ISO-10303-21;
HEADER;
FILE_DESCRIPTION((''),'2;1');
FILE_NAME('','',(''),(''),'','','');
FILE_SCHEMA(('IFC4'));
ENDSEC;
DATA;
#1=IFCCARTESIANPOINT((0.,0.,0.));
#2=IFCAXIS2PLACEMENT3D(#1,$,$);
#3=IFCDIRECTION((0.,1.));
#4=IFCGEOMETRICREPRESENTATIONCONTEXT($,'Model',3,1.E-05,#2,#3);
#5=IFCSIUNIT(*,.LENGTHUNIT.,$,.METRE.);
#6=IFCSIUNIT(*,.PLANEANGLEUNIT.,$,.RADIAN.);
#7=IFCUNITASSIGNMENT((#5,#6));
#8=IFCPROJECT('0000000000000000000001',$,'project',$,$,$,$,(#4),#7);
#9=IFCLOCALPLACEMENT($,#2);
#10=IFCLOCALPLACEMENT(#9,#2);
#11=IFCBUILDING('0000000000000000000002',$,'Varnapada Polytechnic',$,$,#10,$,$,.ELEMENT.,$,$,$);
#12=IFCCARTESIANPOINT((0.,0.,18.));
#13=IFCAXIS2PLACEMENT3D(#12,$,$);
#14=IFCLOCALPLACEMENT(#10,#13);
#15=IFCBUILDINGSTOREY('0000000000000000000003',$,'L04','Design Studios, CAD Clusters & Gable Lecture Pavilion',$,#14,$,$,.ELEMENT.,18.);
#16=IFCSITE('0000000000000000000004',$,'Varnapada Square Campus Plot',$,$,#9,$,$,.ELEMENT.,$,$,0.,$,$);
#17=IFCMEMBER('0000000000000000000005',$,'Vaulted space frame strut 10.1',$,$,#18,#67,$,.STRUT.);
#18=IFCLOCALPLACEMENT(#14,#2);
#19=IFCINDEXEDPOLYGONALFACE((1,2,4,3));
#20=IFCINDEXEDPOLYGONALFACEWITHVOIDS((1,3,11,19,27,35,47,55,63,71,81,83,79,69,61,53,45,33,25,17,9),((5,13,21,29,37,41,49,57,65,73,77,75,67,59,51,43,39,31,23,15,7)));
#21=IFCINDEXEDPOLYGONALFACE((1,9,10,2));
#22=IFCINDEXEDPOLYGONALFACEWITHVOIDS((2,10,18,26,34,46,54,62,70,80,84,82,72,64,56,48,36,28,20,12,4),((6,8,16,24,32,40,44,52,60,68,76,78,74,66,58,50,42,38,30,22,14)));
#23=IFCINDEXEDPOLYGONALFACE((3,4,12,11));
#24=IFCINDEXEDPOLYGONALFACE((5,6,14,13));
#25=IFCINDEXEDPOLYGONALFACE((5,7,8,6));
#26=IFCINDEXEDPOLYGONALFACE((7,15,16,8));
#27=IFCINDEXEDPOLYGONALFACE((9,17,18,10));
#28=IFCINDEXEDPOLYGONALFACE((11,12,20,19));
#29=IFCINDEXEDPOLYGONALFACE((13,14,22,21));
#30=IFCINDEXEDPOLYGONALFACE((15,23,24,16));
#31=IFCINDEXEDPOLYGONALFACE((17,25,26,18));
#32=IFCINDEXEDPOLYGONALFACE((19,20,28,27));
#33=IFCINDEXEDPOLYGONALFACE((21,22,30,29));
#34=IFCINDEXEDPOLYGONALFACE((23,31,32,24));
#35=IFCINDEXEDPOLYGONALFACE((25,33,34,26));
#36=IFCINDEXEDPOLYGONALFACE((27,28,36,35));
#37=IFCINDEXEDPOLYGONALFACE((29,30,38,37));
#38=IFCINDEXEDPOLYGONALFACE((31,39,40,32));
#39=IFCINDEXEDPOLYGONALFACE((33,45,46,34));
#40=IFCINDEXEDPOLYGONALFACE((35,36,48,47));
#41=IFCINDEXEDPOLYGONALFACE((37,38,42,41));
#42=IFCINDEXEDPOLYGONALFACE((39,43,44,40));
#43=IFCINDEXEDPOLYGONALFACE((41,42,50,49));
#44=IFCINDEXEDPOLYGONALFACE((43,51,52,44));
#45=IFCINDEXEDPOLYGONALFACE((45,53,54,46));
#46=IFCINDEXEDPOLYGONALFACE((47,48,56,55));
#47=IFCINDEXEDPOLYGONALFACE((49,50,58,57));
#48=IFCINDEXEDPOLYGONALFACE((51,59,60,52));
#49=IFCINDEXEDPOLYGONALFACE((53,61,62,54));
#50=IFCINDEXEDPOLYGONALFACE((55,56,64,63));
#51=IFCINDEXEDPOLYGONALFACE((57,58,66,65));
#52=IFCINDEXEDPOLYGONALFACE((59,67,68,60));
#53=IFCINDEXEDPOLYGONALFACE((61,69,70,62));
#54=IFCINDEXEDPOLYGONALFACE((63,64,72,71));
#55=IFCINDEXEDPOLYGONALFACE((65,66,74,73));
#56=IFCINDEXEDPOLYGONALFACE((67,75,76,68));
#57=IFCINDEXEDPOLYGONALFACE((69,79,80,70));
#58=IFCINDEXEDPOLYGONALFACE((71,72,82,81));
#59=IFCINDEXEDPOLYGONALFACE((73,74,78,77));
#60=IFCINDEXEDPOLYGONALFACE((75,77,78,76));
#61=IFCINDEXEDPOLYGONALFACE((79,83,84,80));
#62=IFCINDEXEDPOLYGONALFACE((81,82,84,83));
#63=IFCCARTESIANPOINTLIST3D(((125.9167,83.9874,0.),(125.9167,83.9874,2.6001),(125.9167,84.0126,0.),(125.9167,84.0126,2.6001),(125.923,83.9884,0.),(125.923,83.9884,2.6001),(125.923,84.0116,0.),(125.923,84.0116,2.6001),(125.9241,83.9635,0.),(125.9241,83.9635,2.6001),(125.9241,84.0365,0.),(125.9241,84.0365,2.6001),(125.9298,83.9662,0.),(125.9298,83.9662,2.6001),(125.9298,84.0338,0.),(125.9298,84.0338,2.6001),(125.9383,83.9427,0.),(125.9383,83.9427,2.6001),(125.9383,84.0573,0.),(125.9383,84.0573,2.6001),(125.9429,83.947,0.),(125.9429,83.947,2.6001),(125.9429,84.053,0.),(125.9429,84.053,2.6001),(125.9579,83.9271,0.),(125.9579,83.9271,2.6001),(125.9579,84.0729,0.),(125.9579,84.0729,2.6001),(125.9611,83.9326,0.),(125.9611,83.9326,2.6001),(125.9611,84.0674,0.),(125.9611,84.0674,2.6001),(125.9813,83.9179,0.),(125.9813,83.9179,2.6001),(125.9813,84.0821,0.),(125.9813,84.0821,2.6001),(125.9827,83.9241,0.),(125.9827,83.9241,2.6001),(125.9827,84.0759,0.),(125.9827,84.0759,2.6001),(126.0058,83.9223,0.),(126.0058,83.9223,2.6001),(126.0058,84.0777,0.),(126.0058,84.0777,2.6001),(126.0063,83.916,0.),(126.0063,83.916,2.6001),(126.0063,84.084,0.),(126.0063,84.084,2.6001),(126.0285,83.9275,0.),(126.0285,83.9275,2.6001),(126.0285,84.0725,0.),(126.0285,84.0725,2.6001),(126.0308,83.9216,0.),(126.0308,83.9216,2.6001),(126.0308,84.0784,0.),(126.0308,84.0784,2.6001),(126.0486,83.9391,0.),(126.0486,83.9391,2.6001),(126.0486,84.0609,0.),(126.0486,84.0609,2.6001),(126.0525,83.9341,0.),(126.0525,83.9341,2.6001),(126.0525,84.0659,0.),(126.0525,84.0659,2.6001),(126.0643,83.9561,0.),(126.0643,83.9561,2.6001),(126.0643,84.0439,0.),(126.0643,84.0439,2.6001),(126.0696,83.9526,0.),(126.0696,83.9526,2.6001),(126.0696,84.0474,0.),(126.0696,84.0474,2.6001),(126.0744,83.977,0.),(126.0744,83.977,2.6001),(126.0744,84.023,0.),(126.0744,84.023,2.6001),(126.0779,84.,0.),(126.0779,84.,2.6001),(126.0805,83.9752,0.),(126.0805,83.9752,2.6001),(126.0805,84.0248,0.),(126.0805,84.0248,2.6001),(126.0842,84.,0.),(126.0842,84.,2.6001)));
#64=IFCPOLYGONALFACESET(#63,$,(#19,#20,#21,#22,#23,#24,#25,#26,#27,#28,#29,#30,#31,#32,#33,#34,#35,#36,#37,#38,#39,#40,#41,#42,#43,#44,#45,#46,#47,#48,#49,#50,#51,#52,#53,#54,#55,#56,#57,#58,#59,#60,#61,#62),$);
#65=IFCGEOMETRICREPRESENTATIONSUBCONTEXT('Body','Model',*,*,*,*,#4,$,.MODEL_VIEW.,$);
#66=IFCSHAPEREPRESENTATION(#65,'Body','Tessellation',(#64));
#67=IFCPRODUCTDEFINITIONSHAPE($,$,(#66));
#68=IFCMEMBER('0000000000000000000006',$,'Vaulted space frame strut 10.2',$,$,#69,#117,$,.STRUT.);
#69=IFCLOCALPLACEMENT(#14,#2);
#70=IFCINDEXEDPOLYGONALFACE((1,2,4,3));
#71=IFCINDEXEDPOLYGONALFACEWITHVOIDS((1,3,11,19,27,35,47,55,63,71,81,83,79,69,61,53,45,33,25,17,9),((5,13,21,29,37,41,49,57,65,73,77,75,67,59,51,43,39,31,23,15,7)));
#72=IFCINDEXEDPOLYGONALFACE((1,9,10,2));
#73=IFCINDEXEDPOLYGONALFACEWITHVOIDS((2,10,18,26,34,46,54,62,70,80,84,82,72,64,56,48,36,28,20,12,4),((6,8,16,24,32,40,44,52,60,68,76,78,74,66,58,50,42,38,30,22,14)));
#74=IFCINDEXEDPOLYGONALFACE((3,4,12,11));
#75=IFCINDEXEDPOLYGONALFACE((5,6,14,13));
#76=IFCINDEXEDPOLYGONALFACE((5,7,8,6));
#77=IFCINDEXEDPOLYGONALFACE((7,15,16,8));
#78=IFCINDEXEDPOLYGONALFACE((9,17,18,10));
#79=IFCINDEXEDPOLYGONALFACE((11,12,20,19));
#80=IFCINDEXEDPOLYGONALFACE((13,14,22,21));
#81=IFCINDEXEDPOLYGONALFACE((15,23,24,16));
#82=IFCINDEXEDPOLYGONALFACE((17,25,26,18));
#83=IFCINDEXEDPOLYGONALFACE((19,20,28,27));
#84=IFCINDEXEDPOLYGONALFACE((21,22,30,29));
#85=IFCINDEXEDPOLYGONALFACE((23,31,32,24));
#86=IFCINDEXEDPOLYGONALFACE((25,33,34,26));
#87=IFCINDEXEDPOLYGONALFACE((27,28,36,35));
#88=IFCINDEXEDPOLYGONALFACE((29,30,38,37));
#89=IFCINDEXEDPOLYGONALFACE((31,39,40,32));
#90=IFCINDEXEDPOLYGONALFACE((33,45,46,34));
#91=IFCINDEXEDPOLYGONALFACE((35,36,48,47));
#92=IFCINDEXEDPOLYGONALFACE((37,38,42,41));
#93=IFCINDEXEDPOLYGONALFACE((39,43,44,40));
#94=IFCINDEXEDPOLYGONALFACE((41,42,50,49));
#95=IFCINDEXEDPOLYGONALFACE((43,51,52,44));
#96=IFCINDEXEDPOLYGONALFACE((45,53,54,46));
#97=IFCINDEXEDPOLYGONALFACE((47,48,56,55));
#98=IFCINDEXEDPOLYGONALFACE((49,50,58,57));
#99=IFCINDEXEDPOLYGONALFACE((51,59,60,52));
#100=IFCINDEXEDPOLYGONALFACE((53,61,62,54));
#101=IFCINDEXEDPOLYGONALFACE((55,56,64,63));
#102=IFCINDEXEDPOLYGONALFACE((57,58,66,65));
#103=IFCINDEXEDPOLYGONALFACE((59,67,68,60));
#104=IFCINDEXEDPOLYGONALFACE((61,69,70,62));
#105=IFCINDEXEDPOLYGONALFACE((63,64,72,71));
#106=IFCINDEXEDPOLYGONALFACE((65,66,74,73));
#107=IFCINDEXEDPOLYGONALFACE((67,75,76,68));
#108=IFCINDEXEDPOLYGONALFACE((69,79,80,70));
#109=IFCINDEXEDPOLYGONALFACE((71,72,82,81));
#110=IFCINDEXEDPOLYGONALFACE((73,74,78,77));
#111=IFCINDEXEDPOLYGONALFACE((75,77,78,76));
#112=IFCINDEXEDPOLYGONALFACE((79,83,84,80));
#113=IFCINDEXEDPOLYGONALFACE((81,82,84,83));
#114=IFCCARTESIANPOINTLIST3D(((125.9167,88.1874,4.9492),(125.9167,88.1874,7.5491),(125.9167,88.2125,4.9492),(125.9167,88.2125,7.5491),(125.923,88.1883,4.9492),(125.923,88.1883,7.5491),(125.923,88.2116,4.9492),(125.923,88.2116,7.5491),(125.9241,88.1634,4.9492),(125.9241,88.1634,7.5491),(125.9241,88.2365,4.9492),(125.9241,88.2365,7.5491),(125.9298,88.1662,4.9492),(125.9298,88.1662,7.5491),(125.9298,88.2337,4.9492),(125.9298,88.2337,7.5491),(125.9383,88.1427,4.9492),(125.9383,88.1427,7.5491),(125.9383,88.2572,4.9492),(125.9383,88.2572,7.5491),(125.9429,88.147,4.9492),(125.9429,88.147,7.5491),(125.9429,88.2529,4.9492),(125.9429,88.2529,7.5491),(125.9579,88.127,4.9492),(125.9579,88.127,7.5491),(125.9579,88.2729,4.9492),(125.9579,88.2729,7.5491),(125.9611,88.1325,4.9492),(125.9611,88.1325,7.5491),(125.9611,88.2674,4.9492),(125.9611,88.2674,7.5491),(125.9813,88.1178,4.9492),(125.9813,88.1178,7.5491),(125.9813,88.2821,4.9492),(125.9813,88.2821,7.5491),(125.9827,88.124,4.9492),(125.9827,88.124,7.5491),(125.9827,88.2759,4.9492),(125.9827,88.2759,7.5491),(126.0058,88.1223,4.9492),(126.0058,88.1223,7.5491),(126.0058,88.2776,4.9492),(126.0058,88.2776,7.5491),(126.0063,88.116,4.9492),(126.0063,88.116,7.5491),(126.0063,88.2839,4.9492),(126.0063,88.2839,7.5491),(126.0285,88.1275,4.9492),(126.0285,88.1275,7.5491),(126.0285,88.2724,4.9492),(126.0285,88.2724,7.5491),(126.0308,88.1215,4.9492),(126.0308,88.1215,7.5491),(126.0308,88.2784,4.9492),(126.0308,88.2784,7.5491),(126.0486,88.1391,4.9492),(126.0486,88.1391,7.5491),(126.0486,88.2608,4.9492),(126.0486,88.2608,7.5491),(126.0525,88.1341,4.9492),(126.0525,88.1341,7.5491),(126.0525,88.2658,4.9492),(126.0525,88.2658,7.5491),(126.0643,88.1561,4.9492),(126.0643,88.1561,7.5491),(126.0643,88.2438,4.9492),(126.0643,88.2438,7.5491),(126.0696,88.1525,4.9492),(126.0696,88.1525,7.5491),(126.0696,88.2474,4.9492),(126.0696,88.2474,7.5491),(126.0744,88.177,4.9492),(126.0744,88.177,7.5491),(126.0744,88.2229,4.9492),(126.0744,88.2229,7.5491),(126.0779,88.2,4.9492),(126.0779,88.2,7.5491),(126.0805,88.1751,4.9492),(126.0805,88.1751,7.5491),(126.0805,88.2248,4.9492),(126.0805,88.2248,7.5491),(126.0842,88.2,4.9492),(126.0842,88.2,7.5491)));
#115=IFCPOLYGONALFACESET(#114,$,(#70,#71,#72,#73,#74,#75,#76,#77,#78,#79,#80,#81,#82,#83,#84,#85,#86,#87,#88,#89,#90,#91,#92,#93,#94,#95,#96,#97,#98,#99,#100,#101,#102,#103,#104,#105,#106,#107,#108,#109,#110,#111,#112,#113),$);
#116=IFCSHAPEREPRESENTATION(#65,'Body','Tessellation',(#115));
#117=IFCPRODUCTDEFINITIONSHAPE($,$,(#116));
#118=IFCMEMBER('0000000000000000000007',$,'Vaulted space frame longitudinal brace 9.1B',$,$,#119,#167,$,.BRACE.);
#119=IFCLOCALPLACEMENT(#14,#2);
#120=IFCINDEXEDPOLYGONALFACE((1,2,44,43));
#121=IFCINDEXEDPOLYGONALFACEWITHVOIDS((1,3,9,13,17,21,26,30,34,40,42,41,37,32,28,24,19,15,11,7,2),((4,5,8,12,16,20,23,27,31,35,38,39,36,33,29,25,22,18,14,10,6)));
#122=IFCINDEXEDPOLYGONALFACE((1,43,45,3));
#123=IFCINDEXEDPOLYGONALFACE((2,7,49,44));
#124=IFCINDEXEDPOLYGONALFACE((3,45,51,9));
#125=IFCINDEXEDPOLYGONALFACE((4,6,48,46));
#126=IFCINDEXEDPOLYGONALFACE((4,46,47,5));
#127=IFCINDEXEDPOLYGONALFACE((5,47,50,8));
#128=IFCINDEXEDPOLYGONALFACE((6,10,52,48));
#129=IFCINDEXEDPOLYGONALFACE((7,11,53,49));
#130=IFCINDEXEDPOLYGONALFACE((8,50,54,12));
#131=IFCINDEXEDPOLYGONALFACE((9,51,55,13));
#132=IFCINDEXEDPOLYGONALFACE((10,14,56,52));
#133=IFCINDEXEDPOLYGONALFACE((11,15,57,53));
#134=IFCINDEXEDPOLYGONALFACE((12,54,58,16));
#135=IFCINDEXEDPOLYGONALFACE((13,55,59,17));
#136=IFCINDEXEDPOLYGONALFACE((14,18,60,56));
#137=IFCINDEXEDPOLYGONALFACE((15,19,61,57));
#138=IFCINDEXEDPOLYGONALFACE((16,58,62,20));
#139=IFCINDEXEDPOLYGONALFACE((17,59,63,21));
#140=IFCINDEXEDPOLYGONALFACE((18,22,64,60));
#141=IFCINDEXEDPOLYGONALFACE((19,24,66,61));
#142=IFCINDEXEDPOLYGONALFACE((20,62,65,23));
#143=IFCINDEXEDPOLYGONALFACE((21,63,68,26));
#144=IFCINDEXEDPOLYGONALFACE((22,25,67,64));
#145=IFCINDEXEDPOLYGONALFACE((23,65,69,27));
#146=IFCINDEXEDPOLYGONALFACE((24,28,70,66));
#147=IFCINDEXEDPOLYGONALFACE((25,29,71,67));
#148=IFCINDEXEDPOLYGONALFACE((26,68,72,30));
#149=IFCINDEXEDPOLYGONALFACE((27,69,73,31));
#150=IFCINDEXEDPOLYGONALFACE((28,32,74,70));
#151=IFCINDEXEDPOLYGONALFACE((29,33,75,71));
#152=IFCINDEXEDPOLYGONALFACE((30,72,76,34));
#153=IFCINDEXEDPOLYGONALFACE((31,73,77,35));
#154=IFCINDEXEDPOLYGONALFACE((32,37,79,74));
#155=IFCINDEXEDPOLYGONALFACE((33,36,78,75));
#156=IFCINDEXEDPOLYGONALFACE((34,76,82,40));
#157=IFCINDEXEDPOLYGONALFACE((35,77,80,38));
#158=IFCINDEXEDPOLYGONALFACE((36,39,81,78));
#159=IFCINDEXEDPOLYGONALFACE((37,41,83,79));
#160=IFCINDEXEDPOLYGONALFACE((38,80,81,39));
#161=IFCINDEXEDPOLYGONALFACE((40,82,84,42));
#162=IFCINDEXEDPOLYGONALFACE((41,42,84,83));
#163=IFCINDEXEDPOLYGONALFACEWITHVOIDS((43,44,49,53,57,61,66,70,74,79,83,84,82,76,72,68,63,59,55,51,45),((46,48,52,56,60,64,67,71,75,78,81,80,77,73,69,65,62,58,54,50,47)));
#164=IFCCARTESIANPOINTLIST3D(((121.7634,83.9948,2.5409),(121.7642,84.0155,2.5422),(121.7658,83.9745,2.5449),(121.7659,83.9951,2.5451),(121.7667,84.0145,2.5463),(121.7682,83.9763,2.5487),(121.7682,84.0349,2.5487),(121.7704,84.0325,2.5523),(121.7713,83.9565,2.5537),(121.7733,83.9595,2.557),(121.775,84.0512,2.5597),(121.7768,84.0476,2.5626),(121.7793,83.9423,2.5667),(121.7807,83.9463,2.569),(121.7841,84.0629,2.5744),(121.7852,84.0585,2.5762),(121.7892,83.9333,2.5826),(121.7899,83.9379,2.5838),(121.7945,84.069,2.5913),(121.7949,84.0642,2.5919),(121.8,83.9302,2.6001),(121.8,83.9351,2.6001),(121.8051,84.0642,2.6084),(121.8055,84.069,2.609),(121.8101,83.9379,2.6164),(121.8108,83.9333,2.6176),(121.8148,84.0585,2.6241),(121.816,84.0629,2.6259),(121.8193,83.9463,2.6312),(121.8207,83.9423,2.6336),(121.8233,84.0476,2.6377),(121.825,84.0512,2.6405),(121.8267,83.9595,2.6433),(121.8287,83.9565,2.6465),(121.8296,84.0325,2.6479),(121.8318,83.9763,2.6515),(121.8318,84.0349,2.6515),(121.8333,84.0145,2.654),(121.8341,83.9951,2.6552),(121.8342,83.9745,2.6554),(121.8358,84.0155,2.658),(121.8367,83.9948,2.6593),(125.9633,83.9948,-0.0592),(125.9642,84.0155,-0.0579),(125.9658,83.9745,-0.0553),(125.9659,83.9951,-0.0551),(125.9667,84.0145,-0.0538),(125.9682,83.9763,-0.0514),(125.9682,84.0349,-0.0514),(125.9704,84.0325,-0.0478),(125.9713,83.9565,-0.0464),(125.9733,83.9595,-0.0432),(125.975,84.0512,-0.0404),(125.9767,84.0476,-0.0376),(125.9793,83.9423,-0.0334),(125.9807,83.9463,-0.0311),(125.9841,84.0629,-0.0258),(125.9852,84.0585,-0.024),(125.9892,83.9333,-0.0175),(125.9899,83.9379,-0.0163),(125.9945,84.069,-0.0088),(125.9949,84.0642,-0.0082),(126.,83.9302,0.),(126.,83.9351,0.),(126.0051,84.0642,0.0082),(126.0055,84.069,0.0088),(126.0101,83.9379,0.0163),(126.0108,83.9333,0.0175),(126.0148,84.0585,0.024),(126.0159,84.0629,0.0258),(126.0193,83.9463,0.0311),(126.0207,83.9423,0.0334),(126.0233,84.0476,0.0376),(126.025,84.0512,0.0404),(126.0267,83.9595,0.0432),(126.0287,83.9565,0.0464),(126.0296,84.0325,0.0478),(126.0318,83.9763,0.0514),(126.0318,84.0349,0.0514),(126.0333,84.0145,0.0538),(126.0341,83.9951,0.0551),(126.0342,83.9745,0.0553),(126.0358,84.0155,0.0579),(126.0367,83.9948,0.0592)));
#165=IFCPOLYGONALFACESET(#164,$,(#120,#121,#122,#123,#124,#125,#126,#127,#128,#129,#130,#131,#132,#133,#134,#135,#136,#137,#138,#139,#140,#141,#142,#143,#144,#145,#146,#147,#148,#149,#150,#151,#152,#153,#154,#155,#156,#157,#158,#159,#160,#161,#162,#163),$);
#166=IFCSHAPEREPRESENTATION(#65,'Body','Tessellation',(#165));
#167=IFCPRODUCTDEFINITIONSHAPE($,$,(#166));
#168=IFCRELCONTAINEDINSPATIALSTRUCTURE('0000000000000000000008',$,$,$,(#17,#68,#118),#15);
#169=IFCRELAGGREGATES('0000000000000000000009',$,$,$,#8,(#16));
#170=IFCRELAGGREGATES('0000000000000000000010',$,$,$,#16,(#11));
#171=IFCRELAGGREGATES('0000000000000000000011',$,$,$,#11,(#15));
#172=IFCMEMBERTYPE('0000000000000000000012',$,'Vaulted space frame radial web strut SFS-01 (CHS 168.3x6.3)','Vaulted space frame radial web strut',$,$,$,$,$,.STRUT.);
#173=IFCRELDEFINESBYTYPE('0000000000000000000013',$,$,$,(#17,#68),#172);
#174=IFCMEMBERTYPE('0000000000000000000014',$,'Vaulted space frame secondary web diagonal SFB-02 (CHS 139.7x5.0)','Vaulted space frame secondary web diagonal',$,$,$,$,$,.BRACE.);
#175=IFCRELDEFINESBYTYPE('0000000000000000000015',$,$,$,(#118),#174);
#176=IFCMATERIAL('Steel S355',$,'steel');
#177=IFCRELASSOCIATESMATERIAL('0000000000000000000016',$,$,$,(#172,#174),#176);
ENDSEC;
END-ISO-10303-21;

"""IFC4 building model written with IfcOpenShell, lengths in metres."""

from ifc_helpers import new_model, si_unit, direction, frame, origin, origin_2d, place, context, subcontext, project, spatial, hollow_circle, extrude, material, material_profile, profile_set, type_object, element, save


model = new_model("IFC4")

# Units and contexts
model_context = context("Model", 3, precision=1e-05, world=origin(), true_north=direction((0.0, 1.0)))
body_context = subcontext(model_context, "Body", "Model", "MODEL_VIEW")
ifc_project = project(units=[si_unit("LENGTHUNIT", "METRE"), si_unit("PLANEANGLEUNIT", "RADIAN")], contexts=[model_context])

# Site, building, storey
site_placement = place(None, origin())
site = spatial("IfcSite", under=ifc_project, at=site_placement, Name="Varnapada Square Campus Plot", CompositionType="ELEMENT", RefElevation=0.0)
building_placement = place(site_placement, origin())
building = spatial("IfcBuilding", under=site, at=building_placement, Name="Varnapada Polytechnic", CompositionType="ELEMENT")
storey_placement = place(building_placement, frame((0.0, 0.0, 18.0)))
storey = spatial("IfcBuildingStorey", under=building, at=storey_placement, Name="L04", Description="Design Studios, CAD Clusters & Gable Lecture Pavilion", CompositionType="ELEMENT", Elevation=18.0)

# Shared definitions
ifc_material = material(Name="Steel S355", Category="steel")

# Members
ifc_material_profile_1 = material_profile(ifc_material, hollow_circle(Radius=0.0842, WallThickness=0.0063, at=origin_2d()), Name="CHS 168.3x6.3")
ifc_profile_set_1 = profile_set([ifc_material_profile_1], Name="Steel S355")
member_type_1 = type_object("IfcMemberType", Name="Vaulted space frame radial web strut SFS-01 (CHS 168.3x6.3)", Description="Vaulted space frame radial web strut", PredefinedType="STRUT", material=ifc_profile_set_1)
member_1_placement = place(storey_placement, frame((126.0, 84.0, 0.0), z_axis=(0.0, 0.0, 1.0), x_axis=(1.0, 0.0, 0.0)))
element("IfcMember", 1, at=member_1_placement, inside=storey, type_object=member_type_1, Name="Vaulted space frame strut 10.1", PredefinedType="STRUT", context=body_context, shape_type="SweptSolid", body=[
    extrude(hollow_circle(Radius=0.0842, WallThickness=0.0063, at=origin_2d()), origin(), (0.0, 0.0, 1.0), 2.6001),
])
member_2_placement = place(storey_placement, frame((126.0, 88.2, 4.9492), z_axis=(0.0, 0.0, 1.0), x_axis=(1.0, 0.0, 0.0)))
element("IfcMember", 2, at=member_2_placement, inside=storey, type_object=member_type_1, Name="Vaulted space frame strut 10.2", PredefinedType="STRUT", context=body_context, shape_type="SweptSolid", body=[
    extrude(hollow_circle(Radius=0.0842, WallThickness=0.0063, at=origin_2d()), origin(), (0.0, 0.0, 1.0), 2.5999),
])
ifc_material_profile_2 = material_profile(ifc_material, hollow_circle(Radius=0.0698, WallThickness=0.0049, at=origin_2d()), Name="CHS 139.7x5.0")
ifc_profile_set_2 = profile_set([ifc_material_profile_2], Name="Steel S355")
member_type_2 = type_object("IfcMemberType", Name="Vaulted space frame secondary web diagonal SFB-02 (CHS 139.7x5.0)", Description="Vaulted space frame secondary web diagonal", PredefinedType="BRACE", material=ifc_profile_set_2)
for number, where, z_axis, x_axis, name in (
    (3, (126.0, 84.0, 0.0), (-0.850254, 0.0, 0.526373), (0.0, -1.0, 0.0), "Vaulted space frame longitudinal brace 9.1B"),
):
    element("IfcMember", number, at=place(storey_placement, frame(where, z_axis=z_axis, x_axis=x_axis)), inside=storey, type_object=member_type_2, Name=name, PredefinedType="BRACE", context=body_context, shape_type="SweptSolid", body=[
        extrude(hollow_circle(Radius=0.0698, WallThickness=0.0049, at=origin_2d()), origin(), (0.0, 0.0, 1.0), 4.9397),
    ])

save(model, "model.ifc")
